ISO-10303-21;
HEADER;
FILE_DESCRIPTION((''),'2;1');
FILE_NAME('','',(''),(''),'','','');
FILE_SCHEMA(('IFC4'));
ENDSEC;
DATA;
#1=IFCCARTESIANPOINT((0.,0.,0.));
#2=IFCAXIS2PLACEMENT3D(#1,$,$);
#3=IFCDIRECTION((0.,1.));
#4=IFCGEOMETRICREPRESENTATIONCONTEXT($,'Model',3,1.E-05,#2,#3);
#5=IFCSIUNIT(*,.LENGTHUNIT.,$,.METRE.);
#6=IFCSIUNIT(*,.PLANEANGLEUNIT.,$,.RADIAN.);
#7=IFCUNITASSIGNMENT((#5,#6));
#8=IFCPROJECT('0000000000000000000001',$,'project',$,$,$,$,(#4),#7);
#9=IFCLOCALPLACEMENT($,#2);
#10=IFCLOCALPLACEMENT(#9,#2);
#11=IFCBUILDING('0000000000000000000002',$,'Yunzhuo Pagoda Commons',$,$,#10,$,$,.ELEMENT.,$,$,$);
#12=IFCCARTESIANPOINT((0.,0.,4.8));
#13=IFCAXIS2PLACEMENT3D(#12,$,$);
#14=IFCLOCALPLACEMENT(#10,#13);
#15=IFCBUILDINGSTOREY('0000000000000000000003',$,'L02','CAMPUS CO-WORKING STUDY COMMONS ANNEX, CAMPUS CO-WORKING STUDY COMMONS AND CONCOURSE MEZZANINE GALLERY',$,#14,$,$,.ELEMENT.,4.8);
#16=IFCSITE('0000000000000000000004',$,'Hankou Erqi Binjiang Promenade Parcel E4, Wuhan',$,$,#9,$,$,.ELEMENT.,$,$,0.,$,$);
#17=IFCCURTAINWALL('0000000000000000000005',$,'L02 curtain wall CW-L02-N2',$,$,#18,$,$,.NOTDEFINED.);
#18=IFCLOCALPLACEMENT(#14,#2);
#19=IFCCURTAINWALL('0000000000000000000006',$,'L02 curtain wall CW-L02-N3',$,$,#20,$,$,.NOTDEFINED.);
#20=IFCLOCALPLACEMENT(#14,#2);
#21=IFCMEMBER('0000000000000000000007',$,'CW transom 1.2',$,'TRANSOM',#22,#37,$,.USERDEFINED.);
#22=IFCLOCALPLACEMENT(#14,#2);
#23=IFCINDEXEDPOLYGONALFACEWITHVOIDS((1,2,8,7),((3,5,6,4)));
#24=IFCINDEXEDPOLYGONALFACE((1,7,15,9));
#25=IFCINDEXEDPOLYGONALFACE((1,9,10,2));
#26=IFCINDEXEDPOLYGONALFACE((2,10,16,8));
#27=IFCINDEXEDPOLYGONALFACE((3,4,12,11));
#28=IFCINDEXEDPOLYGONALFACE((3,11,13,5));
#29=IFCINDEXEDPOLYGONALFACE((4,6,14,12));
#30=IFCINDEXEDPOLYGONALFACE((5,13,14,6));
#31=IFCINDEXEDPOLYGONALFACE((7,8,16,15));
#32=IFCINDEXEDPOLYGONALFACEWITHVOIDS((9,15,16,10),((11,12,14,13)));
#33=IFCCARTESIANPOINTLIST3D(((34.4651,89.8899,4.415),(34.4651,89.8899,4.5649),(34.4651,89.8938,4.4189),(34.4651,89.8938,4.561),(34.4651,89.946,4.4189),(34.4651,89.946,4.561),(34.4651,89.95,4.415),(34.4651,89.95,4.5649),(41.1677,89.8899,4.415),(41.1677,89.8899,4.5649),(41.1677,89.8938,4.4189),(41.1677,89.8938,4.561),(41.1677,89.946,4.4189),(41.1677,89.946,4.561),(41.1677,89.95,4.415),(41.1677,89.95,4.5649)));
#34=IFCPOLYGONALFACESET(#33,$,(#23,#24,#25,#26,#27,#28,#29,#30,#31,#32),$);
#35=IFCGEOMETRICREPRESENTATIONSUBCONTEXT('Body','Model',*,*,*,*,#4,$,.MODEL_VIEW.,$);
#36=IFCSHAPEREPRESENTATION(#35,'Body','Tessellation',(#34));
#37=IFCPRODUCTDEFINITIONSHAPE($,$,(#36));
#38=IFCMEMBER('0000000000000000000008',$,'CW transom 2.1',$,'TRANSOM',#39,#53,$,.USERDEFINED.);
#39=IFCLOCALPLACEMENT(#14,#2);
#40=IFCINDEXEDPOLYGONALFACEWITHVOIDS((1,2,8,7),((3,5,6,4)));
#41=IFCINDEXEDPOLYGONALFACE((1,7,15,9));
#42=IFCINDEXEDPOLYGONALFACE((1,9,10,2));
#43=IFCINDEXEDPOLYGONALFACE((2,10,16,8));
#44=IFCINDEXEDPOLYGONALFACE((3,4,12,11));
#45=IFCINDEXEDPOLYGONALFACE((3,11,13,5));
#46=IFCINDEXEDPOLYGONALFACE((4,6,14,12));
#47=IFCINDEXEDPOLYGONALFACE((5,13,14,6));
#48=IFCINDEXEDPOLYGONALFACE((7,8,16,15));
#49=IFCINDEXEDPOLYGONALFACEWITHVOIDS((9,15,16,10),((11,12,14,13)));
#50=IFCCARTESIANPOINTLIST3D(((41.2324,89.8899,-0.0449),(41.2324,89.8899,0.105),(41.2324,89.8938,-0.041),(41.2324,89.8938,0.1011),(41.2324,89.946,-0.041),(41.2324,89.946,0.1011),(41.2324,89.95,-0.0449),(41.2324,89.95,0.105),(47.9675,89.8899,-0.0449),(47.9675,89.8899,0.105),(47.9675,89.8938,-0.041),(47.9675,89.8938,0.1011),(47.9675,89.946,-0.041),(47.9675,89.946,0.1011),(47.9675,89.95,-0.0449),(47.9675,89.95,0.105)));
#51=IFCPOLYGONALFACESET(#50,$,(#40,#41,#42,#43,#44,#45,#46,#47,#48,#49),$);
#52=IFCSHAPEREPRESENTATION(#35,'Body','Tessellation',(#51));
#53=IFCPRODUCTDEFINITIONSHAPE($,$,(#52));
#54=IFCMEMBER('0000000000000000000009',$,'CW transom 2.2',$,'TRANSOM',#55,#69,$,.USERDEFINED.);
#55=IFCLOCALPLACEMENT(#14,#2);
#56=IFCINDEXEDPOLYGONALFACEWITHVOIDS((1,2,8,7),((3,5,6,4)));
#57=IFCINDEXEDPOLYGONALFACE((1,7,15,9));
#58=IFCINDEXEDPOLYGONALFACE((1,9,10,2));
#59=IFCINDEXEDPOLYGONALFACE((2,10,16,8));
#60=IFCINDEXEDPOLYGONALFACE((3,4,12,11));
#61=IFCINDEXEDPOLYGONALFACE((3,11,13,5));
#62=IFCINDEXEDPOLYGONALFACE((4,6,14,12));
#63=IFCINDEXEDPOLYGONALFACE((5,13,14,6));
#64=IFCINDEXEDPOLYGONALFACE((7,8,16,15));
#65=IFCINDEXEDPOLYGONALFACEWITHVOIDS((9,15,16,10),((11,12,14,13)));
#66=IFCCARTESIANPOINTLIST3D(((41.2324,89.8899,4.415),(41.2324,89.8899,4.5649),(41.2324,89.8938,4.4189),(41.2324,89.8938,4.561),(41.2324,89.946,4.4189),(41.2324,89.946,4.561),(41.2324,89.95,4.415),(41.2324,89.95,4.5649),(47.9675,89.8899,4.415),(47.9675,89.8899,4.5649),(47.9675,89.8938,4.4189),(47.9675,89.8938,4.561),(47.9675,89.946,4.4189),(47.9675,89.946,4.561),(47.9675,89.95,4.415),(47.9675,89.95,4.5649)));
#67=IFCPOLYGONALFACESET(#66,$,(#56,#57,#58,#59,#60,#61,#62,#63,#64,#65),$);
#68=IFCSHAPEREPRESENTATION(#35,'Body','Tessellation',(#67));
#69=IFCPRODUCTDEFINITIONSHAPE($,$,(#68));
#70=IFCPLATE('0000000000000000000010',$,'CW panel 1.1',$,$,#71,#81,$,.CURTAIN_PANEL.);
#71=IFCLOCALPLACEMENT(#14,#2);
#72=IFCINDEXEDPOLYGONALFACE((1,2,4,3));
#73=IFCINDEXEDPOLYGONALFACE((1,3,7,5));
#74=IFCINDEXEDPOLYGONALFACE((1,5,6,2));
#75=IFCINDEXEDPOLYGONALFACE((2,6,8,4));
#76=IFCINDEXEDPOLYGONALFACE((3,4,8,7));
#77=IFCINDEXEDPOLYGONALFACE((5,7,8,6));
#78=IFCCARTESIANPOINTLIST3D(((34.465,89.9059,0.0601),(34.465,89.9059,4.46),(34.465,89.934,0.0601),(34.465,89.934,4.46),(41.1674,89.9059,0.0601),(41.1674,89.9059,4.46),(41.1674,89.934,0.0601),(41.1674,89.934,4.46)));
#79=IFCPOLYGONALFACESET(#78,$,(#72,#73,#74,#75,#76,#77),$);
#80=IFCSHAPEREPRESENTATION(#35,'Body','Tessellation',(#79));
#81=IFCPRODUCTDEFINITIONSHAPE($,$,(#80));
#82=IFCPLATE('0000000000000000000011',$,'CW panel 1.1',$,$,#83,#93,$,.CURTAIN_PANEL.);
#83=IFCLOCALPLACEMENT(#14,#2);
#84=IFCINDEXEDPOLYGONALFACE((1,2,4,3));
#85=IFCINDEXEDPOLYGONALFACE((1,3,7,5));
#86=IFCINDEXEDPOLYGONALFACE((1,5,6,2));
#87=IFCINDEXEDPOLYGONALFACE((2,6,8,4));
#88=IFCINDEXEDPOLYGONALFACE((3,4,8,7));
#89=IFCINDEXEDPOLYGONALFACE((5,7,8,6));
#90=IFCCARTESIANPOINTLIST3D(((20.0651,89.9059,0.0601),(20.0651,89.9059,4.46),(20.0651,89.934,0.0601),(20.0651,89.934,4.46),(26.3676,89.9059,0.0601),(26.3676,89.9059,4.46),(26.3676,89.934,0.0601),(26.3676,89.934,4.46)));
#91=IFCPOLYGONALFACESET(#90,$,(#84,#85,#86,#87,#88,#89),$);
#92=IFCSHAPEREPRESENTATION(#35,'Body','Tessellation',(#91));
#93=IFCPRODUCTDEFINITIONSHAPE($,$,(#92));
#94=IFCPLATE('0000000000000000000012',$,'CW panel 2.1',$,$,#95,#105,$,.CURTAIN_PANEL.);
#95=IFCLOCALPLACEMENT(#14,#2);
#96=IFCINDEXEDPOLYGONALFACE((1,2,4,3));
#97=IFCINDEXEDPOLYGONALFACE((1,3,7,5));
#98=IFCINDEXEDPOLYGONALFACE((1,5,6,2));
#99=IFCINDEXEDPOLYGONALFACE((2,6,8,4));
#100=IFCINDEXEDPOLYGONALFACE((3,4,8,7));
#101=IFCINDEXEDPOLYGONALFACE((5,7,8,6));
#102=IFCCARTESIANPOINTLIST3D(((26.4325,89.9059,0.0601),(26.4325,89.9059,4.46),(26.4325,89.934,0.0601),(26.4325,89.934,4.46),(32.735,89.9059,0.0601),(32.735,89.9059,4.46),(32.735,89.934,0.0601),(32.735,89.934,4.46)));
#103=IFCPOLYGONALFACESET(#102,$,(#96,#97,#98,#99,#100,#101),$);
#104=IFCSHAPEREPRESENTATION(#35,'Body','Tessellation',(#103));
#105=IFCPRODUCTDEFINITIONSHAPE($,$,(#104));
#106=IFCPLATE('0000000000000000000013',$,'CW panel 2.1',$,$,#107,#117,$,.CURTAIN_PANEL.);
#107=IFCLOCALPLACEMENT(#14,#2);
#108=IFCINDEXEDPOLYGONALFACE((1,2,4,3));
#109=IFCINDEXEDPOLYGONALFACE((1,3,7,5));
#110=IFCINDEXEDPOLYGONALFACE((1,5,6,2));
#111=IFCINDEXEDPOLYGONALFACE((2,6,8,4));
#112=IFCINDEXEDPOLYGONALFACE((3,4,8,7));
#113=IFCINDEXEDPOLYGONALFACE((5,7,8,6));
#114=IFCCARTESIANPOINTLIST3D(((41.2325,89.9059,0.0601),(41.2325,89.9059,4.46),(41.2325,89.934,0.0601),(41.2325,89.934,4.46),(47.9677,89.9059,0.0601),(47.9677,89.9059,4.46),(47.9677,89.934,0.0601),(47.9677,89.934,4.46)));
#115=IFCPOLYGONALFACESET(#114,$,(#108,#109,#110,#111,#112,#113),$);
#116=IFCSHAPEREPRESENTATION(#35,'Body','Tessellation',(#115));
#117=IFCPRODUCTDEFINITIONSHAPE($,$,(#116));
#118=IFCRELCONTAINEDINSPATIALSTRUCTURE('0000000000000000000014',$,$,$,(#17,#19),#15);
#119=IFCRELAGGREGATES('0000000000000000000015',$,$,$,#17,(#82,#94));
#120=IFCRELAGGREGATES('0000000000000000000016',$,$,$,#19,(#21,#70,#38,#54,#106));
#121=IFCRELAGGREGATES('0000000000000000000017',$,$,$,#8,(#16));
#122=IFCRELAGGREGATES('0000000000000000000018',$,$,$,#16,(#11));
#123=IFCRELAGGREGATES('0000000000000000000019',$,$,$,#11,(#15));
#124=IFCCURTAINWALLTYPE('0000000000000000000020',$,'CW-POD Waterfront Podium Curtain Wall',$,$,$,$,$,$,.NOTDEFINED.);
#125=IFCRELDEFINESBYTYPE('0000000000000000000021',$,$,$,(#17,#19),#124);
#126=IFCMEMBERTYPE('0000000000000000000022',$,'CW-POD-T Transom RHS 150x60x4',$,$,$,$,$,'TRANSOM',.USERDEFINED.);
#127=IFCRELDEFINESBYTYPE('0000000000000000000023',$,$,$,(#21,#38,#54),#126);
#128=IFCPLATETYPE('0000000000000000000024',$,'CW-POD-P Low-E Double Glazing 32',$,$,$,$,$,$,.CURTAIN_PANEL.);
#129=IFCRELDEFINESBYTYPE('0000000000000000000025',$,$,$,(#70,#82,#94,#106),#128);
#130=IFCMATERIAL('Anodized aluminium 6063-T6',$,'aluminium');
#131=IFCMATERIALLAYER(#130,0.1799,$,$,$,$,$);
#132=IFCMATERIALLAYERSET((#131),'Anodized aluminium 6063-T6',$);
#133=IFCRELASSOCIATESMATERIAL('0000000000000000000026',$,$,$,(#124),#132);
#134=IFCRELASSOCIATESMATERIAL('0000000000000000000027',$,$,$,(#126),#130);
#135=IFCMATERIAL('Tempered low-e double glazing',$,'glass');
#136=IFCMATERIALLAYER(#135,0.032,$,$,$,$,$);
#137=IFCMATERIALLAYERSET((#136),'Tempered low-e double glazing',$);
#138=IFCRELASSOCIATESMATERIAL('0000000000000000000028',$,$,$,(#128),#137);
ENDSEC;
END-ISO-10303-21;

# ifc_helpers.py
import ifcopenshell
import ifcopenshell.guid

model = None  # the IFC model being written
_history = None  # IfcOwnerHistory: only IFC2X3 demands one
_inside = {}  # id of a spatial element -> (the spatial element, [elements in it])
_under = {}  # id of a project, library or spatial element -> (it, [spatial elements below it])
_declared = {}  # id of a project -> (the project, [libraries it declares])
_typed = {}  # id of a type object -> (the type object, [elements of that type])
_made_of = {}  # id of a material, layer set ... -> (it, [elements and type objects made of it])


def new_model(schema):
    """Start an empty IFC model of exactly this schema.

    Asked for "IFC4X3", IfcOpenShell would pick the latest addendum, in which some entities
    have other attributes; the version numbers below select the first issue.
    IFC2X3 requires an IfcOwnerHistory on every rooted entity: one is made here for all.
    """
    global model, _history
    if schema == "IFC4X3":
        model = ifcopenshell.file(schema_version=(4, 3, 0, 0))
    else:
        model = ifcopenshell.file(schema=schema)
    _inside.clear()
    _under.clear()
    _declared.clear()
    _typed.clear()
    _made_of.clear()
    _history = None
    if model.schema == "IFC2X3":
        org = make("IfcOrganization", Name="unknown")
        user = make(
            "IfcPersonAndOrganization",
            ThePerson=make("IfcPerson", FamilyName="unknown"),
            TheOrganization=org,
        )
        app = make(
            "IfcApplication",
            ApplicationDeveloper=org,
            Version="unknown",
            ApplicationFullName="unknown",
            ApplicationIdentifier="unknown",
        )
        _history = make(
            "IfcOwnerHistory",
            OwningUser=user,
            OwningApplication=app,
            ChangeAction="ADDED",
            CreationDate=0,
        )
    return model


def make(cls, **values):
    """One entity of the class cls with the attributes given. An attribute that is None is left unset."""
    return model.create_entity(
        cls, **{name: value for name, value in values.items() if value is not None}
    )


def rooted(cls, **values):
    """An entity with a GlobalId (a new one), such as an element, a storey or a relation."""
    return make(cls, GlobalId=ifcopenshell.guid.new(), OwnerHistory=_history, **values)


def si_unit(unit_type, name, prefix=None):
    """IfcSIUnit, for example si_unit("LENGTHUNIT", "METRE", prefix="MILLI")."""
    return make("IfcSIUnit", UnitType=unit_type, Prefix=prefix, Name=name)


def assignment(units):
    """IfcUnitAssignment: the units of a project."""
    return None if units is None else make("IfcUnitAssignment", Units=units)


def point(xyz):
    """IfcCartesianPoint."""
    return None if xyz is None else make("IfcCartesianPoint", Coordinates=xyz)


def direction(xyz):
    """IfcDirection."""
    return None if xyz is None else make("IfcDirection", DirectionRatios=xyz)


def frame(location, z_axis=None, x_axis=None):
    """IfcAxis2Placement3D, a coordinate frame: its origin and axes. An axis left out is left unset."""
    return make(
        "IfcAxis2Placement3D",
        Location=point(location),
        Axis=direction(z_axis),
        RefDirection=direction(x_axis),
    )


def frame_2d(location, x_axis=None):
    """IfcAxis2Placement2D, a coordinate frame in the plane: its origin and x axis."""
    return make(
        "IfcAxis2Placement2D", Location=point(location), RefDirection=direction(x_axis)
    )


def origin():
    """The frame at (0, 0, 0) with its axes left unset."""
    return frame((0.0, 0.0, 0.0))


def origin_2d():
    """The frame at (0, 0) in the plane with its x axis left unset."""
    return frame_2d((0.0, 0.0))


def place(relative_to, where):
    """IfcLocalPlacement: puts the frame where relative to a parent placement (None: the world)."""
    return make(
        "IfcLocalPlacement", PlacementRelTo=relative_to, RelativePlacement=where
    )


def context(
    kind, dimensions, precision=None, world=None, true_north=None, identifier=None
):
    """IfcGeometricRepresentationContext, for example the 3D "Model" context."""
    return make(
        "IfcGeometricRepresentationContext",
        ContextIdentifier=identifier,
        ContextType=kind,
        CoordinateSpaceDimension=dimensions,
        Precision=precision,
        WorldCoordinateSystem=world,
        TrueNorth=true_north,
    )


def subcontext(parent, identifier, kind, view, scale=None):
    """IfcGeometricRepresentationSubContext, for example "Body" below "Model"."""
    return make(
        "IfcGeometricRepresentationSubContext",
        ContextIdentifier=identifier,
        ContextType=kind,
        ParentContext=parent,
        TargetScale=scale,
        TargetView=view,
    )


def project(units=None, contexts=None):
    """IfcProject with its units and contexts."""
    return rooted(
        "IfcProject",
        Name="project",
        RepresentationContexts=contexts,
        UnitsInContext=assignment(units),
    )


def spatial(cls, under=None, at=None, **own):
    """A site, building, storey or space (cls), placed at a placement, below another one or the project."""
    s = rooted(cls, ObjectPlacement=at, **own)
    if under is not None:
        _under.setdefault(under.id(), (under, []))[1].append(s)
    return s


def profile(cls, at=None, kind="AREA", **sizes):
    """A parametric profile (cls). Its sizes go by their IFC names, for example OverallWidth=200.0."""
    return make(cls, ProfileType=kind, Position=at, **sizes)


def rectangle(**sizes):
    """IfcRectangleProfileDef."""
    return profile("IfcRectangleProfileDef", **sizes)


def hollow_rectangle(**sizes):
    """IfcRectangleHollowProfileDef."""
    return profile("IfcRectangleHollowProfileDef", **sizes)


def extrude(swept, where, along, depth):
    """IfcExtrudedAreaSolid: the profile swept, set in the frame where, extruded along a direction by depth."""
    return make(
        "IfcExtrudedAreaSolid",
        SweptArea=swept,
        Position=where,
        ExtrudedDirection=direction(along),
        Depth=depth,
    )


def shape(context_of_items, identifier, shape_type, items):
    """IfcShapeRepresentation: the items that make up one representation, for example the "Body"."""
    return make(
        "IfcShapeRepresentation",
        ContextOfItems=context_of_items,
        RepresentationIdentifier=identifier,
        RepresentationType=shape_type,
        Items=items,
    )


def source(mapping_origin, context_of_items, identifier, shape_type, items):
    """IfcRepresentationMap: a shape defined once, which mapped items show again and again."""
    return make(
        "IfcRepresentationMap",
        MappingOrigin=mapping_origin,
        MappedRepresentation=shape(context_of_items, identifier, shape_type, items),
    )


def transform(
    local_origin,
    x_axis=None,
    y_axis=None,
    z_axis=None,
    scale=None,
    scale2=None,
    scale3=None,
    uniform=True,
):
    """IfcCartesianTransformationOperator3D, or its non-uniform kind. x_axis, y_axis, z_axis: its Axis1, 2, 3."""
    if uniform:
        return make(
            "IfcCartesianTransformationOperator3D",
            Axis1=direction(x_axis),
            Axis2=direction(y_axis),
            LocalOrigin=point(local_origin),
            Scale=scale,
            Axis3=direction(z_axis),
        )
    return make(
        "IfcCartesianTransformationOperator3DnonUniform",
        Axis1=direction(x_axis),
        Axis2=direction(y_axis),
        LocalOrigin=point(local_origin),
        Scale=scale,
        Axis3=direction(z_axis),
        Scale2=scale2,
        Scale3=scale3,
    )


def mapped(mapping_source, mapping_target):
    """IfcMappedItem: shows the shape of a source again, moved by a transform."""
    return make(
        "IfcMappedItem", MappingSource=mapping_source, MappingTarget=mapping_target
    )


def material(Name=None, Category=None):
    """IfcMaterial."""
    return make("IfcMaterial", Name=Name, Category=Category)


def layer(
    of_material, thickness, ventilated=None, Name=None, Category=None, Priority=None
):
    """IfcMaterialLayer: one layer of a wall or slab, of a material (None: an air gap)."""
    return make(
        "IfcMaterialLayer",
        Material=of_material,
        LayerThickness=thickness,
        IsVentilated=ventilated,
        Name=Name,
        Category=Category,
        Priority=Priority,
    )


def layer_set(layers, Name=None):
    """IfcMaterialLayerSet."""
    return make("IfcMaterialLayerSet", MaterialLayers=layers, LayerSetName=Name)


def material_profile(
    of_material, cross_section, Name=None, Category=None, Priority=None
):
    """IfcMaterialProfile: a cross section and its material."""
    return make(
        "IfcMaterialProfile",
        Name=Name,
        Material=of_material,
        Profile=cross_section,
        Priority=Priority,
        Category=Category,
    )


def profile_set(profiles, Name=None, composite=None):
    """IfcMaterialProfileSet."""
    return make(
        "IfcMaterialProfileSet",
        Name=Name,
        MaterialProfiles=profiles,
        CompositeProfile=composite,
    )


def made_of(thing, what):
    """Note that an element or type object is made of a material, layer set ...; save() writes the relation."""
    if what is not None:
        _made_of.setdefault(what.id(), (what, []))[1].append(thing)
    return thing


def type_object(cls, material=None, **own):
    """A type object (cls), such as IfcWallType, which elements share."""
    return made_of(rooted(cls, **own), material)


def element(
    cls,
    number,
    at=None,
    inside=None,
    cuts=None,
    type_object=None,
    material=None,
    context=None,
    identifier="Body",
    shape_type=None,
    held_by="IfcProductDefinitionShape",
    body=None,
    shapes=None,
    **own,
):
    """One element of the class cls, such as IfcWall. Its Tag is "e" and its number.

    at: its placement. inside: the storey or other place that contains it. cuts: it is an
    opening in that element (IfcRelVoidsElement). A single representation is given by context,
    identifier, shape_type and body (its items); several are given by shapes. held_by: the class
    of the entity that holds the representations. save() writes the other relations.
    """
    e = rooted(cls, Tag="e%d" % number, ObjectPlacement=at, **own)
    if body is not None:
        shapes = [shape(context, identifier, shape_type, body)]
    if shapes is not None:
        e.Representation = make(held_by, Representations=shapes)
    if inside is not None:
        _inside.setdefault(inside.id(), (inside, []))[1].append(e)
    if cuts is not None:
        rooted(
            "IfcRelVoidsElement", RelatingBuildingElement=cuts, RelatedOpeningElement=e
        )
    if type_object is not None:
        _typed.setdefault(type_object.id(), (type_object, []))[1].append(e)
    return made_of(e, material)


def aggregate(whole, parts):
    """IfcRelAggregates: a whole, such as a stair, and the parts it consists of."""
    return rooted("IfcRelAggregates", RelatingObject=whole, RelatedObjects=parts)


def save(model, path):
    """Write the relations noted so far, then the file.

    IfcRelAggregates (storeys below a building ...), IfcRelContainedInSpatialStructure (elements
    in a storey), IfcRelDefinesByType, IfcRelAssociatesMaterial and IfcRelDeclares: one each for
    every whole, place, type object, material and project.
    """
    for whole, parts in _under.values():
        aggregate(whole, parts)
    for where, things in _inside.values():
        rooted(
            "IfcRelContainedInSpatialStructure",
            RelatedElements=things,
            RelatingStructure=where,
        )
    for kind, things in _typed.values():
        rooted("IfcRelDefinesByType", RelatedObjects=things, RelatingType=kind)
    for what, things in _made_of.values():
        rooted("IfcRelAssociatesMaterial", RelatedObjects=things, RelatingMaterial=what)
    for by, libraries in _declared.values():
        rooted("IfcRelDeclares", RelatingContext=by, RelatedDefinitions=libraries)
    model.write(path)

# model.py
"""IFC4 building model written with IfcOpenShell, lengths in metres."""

from ifc_helpers import new_model, si_unit, direction, frame, origin, origin_2d, place, context, subcontext, project, spatial, rectangle, hollow_rectangle, extrude, source, transform, mapped, material, layer, layer_set, material_profile, profile_set, type_object, element, aggregate, save


model = new_model("IFC4")

# Units and contexts
model_context = context("Model", 3, precision=1e-05, world=origin(), true_north=direction((0.0, 1.0)))
body_context = subcontext(model_context, "Body", "Model", "MODEL_VIEW")
ifc_project = project(units=[si_unit("LENGTHUNIT", "METRE"), si_unit("PLANEANGLEUNIT", "RADIAN")], contexts=[model_context])

# Site, building, storey
site_placement = place(None, origin())
site = spatial("IfcSite", under=ifc_project, at=site_placement, Name="Hankou Erqi Binjiang Promenade Parcel E4, Wuhan", CompositionType="ELEMENT", RefElevation=0.0)
building_placement = place(site_placement, origin())
building = spatial("IfcBuilding", under=site, at=building_placement, Name="Yunzhuo Pagoda Commons", CompositionType="ELEMENT")
storey_placement = place(building_placement, frame((0.0, 0.0, 4.8)))
storey = spatial("IfcBuildingStorey", under=building, at=storey_placement, Name="L02", Description="CAMPUS CO-WORKING STUDY COMMONS ANNEX, CAMPUS CO-WORKING STUDY COMMONS AND CONCOURSE MEZZANINE GALLERY", CompositionType="ELEMENT", Elevation=4.8)

# Curtain walls
ifc_material_1 = material(Name="Anodized aluminium 6063-T6", Category="aluminium")
ifc_layer_1 = layer(ifc_material_1, 0.1799)
ifc_layer_set_1 = layer_set([ifc_layer_1], Name="Anodized aluminium 6063-T6")
curtain_wall_type = type_object("IfcCurtainWallType", Name="CW-POD Waterfront Podium Curtain Wall", PredefinedType="NOTDEFINED", material=ifc_layer_set_1)
curtain_wall_1_placement = place(storey_placement, origin())
curtain_wall_1 = element("IfcCurtainWall", 1, at=curtain_wall_1_placement, inside=storey, type_object=curtain_wall_type, Name="L02 curtain wall CW-L02-N2", PredefinedType="NOTDEFINED")
curtain_wall_2_placement = place(storey_placement, origin())
curtain_wall_2 = element("IfcCurtainWall", 2, at=curtain_wall_2_placement, inside=storey, type_object=curtain_wall_type, Name="L02 curtain wall CW-L02-N3", PredefinedType="NOTDEFINED")

# Members
ifc_material_profile_1 = material_profile(ifc_material_1, hollow_rectangle(XDim=0.0601, YDim=0.1499, WallThickness=0.0039, at=origin_2d()), Name="Anodized aluminium 6063-T6")
ifc_profile_set_1 = profile_set([ifc_material_profile_1], Name="Anodized aluminium 6063-T6")
member_type_1 = type_object("IfcMemberType", Name="CW-POD-T Transom RHS 150x60x4", ElementType="TRANSOM", PredefinedType="USERDEFINED", material=ifc_profile_set_1)
shared_shape_1 = source(origin(), body_context, "Body", "SweptSolid", [
    extrude(hollow_rectangle(XDim=0.0601, YDim=0.1499, WallThickness=0.0039, at=origin_2d()), origin(), (0.0, 0.0, 1.0), 6.7026),
])
member_1_placement = place(storey_placement, frame((34.4651, 89.9199, 4.49), z_axis=(1.0, 0.0, 0.0), x_axis=(0.0, 1.0, 0.0)))
member_1 = element("IfcMember", 3, at=member_1_placement, type_object=member_type_1, Name="CW transom 1.2", ObjectType="TRANSOM", PredefinedType="USERDEFINED", context=body_context, shape_type="MappedRepresentation", body=[
    mapped(shared_shape_1, transform((0.0, 0.0, 0.0), scale=1.0)),
])
shared_shape_2 = source(origin(), body_context, "Body", "SweptSolid", [
    extrude(hollow_rectangle(XDim=0.0601, YDim=0.1499, WallThickness=0.0039, at=origin_2d()), origin(), (0.0, 0.0, 1.0), 6.7351),
])
member_2_placement = place(storey_placement, frame((41.2324, 89.9199, 0.03), z_axis=(1.0, 0.0, 0.0), x_axis=(0.0, 1.0, 0.0)))
member_2 = element("IfcMember", 4, at=member_2_placement, type_object=member_type_1, Name="CW transom 2.1", ObjectType="TRANSOM", PredefinedType="USERDEFINED", context=body_context, shape_type="MappedRepresentation", body=[
    mapped(shared_shape_2, transform((0.0, 0.0, 0.0), scale=1.0)),
])
member_3_placement = place(storey_placement, frame((41.2324, 89.9199, 4.49), z_axis=(1.0, 0.0, 0.0), x_axis=(0.0, 1.0, 0.0)))
member_3 = element("IfcMember", 5, at=member_3_placement, type_object=member_type_1, Name="CW transom 2.2", ObjectType="TRANSOM", PredefinedType="USERDEFINED", context=body_context, shape_type="MappedRepresentation", body=[
    mapped(shared_shape_2, transform((0.0, 0.0, 0.0), scale=1.0)),
])

# Plates
ifc_material_2 = material(Name="Tempered low-e double glazing", Category="glass")
ifc_layer_2 = layer(ifc_material_2, 0.032)
ifc_layer_set_2 = layer_set([ifc_layer_2], Name="Tempered low-e double glazing")
plate_type = type_object("IfcPlateType", Name="CW-POD-P Low-E Double Glazing 32", PredefinedType="CURTAIN_PANEL", material=ifc_layer_set_2)
shared_shape_3 = source(origin(), body_context, "Body", "SweptSolid", [
    extrude(rectangle(XDim=6.7024, YDim=0.0281, at=origin_2d()), origin(), (0.0, 0.0, 1.0), 4.3999),
])
plate_1_placement = place(storey_placement, frame((37.8162, 89.9199, 0.0601), z_axis=(0.0, 0.0, 1.0), x_axis=(1.0, 0.0, 0.0)))
plate_1 = element("IfcPlate", 6, at=plate_1_placement, type_object=plate_type, Name="CW panel 1.1", PredefinedType="CURTAIN_PANEL", context=body_context, shape_type="MappedRepresentation", body=[
    mapped(shared_shape_3, transform((0.0, 0.0, 0.0), scale=1.0)),
])
shared_shape_4 = source(origin(), body_context, "Body", "SweptSolid", [
    extrude(rectangle(XDim=6.3025, YDim=0.0281, at=origin_2d()), origin(), (0.0, 0.0, 1.0), 4.3999),
])
plate_2_placement = place(storey_placement, frame((23.2163, 89.9199, 0.0601), z_axis=(0.0, 0.0, 1.0), x_axis=(1.0, 0.0, 0.0)))
plate_2 = element("IfcPlate", 7, at=plate_2_placement, type_object=plate_type, Name="CW panel 1.1", PredefinedType="CURTAIN_PANEL", context=body_context, shape_type="MappedRepresentation", body=[
    mapped(shared_shape_4, transform((0.0, 0.0, 0.0), scale=1.0)),
])
plate_3_placement = place(storey_placement, frame((29.5837, 89.9199, 0.0601), z_axis=(0.0, 0.0, 1.0), x_axis=(1.0, 0.0, 0.0)))
plate_3 = element("IfcPlate", 8, at=plate_3_placement, type_object=plate_type, Name="CW panel 2.1", PredefinedType="CURTAIN_PANEL", context=body_context, shape_type="MappedRepresentation", body=[
    mapped(shared_shape_4, transform((0.0, 0.0, 0.0), scale=1.0)),
])
aggregate(curtain_wall_1, [plate_2, plate_3])
shared_shape_5 = source(origin(), body_context, "Body", "SweptSolid", [
    extrude(rectangle(XDim=6.7351, YDim=0.0281, at=origin_2d()), origin(), (0.0, 0.0, 1.0), 4.3999),
])
plate_4_placement = place(storey_placement, frame((44.6001, 89.9199, 0.0601), z_axis=(0.0, 0.0, 1.0), x_axis=(1.0, 0.0, 0.0)))
plate_4 = element("IfcPlate", 9, at=plate_4_placement, type_object=plate_type, Name="CW panel 2.1", PredefinedType="CURTAIN_PANEL", context=body_context, shape_type="MappedRepresentation", body=[
    mapped(shared_shape_5, transform((0.0, 0.0, 0.0), scale=1.0)),
])
aggregate(curtain_wall_2, [member_1, plate_1, member_2, member_3, plate_4])

save(model, "model.ifc")
